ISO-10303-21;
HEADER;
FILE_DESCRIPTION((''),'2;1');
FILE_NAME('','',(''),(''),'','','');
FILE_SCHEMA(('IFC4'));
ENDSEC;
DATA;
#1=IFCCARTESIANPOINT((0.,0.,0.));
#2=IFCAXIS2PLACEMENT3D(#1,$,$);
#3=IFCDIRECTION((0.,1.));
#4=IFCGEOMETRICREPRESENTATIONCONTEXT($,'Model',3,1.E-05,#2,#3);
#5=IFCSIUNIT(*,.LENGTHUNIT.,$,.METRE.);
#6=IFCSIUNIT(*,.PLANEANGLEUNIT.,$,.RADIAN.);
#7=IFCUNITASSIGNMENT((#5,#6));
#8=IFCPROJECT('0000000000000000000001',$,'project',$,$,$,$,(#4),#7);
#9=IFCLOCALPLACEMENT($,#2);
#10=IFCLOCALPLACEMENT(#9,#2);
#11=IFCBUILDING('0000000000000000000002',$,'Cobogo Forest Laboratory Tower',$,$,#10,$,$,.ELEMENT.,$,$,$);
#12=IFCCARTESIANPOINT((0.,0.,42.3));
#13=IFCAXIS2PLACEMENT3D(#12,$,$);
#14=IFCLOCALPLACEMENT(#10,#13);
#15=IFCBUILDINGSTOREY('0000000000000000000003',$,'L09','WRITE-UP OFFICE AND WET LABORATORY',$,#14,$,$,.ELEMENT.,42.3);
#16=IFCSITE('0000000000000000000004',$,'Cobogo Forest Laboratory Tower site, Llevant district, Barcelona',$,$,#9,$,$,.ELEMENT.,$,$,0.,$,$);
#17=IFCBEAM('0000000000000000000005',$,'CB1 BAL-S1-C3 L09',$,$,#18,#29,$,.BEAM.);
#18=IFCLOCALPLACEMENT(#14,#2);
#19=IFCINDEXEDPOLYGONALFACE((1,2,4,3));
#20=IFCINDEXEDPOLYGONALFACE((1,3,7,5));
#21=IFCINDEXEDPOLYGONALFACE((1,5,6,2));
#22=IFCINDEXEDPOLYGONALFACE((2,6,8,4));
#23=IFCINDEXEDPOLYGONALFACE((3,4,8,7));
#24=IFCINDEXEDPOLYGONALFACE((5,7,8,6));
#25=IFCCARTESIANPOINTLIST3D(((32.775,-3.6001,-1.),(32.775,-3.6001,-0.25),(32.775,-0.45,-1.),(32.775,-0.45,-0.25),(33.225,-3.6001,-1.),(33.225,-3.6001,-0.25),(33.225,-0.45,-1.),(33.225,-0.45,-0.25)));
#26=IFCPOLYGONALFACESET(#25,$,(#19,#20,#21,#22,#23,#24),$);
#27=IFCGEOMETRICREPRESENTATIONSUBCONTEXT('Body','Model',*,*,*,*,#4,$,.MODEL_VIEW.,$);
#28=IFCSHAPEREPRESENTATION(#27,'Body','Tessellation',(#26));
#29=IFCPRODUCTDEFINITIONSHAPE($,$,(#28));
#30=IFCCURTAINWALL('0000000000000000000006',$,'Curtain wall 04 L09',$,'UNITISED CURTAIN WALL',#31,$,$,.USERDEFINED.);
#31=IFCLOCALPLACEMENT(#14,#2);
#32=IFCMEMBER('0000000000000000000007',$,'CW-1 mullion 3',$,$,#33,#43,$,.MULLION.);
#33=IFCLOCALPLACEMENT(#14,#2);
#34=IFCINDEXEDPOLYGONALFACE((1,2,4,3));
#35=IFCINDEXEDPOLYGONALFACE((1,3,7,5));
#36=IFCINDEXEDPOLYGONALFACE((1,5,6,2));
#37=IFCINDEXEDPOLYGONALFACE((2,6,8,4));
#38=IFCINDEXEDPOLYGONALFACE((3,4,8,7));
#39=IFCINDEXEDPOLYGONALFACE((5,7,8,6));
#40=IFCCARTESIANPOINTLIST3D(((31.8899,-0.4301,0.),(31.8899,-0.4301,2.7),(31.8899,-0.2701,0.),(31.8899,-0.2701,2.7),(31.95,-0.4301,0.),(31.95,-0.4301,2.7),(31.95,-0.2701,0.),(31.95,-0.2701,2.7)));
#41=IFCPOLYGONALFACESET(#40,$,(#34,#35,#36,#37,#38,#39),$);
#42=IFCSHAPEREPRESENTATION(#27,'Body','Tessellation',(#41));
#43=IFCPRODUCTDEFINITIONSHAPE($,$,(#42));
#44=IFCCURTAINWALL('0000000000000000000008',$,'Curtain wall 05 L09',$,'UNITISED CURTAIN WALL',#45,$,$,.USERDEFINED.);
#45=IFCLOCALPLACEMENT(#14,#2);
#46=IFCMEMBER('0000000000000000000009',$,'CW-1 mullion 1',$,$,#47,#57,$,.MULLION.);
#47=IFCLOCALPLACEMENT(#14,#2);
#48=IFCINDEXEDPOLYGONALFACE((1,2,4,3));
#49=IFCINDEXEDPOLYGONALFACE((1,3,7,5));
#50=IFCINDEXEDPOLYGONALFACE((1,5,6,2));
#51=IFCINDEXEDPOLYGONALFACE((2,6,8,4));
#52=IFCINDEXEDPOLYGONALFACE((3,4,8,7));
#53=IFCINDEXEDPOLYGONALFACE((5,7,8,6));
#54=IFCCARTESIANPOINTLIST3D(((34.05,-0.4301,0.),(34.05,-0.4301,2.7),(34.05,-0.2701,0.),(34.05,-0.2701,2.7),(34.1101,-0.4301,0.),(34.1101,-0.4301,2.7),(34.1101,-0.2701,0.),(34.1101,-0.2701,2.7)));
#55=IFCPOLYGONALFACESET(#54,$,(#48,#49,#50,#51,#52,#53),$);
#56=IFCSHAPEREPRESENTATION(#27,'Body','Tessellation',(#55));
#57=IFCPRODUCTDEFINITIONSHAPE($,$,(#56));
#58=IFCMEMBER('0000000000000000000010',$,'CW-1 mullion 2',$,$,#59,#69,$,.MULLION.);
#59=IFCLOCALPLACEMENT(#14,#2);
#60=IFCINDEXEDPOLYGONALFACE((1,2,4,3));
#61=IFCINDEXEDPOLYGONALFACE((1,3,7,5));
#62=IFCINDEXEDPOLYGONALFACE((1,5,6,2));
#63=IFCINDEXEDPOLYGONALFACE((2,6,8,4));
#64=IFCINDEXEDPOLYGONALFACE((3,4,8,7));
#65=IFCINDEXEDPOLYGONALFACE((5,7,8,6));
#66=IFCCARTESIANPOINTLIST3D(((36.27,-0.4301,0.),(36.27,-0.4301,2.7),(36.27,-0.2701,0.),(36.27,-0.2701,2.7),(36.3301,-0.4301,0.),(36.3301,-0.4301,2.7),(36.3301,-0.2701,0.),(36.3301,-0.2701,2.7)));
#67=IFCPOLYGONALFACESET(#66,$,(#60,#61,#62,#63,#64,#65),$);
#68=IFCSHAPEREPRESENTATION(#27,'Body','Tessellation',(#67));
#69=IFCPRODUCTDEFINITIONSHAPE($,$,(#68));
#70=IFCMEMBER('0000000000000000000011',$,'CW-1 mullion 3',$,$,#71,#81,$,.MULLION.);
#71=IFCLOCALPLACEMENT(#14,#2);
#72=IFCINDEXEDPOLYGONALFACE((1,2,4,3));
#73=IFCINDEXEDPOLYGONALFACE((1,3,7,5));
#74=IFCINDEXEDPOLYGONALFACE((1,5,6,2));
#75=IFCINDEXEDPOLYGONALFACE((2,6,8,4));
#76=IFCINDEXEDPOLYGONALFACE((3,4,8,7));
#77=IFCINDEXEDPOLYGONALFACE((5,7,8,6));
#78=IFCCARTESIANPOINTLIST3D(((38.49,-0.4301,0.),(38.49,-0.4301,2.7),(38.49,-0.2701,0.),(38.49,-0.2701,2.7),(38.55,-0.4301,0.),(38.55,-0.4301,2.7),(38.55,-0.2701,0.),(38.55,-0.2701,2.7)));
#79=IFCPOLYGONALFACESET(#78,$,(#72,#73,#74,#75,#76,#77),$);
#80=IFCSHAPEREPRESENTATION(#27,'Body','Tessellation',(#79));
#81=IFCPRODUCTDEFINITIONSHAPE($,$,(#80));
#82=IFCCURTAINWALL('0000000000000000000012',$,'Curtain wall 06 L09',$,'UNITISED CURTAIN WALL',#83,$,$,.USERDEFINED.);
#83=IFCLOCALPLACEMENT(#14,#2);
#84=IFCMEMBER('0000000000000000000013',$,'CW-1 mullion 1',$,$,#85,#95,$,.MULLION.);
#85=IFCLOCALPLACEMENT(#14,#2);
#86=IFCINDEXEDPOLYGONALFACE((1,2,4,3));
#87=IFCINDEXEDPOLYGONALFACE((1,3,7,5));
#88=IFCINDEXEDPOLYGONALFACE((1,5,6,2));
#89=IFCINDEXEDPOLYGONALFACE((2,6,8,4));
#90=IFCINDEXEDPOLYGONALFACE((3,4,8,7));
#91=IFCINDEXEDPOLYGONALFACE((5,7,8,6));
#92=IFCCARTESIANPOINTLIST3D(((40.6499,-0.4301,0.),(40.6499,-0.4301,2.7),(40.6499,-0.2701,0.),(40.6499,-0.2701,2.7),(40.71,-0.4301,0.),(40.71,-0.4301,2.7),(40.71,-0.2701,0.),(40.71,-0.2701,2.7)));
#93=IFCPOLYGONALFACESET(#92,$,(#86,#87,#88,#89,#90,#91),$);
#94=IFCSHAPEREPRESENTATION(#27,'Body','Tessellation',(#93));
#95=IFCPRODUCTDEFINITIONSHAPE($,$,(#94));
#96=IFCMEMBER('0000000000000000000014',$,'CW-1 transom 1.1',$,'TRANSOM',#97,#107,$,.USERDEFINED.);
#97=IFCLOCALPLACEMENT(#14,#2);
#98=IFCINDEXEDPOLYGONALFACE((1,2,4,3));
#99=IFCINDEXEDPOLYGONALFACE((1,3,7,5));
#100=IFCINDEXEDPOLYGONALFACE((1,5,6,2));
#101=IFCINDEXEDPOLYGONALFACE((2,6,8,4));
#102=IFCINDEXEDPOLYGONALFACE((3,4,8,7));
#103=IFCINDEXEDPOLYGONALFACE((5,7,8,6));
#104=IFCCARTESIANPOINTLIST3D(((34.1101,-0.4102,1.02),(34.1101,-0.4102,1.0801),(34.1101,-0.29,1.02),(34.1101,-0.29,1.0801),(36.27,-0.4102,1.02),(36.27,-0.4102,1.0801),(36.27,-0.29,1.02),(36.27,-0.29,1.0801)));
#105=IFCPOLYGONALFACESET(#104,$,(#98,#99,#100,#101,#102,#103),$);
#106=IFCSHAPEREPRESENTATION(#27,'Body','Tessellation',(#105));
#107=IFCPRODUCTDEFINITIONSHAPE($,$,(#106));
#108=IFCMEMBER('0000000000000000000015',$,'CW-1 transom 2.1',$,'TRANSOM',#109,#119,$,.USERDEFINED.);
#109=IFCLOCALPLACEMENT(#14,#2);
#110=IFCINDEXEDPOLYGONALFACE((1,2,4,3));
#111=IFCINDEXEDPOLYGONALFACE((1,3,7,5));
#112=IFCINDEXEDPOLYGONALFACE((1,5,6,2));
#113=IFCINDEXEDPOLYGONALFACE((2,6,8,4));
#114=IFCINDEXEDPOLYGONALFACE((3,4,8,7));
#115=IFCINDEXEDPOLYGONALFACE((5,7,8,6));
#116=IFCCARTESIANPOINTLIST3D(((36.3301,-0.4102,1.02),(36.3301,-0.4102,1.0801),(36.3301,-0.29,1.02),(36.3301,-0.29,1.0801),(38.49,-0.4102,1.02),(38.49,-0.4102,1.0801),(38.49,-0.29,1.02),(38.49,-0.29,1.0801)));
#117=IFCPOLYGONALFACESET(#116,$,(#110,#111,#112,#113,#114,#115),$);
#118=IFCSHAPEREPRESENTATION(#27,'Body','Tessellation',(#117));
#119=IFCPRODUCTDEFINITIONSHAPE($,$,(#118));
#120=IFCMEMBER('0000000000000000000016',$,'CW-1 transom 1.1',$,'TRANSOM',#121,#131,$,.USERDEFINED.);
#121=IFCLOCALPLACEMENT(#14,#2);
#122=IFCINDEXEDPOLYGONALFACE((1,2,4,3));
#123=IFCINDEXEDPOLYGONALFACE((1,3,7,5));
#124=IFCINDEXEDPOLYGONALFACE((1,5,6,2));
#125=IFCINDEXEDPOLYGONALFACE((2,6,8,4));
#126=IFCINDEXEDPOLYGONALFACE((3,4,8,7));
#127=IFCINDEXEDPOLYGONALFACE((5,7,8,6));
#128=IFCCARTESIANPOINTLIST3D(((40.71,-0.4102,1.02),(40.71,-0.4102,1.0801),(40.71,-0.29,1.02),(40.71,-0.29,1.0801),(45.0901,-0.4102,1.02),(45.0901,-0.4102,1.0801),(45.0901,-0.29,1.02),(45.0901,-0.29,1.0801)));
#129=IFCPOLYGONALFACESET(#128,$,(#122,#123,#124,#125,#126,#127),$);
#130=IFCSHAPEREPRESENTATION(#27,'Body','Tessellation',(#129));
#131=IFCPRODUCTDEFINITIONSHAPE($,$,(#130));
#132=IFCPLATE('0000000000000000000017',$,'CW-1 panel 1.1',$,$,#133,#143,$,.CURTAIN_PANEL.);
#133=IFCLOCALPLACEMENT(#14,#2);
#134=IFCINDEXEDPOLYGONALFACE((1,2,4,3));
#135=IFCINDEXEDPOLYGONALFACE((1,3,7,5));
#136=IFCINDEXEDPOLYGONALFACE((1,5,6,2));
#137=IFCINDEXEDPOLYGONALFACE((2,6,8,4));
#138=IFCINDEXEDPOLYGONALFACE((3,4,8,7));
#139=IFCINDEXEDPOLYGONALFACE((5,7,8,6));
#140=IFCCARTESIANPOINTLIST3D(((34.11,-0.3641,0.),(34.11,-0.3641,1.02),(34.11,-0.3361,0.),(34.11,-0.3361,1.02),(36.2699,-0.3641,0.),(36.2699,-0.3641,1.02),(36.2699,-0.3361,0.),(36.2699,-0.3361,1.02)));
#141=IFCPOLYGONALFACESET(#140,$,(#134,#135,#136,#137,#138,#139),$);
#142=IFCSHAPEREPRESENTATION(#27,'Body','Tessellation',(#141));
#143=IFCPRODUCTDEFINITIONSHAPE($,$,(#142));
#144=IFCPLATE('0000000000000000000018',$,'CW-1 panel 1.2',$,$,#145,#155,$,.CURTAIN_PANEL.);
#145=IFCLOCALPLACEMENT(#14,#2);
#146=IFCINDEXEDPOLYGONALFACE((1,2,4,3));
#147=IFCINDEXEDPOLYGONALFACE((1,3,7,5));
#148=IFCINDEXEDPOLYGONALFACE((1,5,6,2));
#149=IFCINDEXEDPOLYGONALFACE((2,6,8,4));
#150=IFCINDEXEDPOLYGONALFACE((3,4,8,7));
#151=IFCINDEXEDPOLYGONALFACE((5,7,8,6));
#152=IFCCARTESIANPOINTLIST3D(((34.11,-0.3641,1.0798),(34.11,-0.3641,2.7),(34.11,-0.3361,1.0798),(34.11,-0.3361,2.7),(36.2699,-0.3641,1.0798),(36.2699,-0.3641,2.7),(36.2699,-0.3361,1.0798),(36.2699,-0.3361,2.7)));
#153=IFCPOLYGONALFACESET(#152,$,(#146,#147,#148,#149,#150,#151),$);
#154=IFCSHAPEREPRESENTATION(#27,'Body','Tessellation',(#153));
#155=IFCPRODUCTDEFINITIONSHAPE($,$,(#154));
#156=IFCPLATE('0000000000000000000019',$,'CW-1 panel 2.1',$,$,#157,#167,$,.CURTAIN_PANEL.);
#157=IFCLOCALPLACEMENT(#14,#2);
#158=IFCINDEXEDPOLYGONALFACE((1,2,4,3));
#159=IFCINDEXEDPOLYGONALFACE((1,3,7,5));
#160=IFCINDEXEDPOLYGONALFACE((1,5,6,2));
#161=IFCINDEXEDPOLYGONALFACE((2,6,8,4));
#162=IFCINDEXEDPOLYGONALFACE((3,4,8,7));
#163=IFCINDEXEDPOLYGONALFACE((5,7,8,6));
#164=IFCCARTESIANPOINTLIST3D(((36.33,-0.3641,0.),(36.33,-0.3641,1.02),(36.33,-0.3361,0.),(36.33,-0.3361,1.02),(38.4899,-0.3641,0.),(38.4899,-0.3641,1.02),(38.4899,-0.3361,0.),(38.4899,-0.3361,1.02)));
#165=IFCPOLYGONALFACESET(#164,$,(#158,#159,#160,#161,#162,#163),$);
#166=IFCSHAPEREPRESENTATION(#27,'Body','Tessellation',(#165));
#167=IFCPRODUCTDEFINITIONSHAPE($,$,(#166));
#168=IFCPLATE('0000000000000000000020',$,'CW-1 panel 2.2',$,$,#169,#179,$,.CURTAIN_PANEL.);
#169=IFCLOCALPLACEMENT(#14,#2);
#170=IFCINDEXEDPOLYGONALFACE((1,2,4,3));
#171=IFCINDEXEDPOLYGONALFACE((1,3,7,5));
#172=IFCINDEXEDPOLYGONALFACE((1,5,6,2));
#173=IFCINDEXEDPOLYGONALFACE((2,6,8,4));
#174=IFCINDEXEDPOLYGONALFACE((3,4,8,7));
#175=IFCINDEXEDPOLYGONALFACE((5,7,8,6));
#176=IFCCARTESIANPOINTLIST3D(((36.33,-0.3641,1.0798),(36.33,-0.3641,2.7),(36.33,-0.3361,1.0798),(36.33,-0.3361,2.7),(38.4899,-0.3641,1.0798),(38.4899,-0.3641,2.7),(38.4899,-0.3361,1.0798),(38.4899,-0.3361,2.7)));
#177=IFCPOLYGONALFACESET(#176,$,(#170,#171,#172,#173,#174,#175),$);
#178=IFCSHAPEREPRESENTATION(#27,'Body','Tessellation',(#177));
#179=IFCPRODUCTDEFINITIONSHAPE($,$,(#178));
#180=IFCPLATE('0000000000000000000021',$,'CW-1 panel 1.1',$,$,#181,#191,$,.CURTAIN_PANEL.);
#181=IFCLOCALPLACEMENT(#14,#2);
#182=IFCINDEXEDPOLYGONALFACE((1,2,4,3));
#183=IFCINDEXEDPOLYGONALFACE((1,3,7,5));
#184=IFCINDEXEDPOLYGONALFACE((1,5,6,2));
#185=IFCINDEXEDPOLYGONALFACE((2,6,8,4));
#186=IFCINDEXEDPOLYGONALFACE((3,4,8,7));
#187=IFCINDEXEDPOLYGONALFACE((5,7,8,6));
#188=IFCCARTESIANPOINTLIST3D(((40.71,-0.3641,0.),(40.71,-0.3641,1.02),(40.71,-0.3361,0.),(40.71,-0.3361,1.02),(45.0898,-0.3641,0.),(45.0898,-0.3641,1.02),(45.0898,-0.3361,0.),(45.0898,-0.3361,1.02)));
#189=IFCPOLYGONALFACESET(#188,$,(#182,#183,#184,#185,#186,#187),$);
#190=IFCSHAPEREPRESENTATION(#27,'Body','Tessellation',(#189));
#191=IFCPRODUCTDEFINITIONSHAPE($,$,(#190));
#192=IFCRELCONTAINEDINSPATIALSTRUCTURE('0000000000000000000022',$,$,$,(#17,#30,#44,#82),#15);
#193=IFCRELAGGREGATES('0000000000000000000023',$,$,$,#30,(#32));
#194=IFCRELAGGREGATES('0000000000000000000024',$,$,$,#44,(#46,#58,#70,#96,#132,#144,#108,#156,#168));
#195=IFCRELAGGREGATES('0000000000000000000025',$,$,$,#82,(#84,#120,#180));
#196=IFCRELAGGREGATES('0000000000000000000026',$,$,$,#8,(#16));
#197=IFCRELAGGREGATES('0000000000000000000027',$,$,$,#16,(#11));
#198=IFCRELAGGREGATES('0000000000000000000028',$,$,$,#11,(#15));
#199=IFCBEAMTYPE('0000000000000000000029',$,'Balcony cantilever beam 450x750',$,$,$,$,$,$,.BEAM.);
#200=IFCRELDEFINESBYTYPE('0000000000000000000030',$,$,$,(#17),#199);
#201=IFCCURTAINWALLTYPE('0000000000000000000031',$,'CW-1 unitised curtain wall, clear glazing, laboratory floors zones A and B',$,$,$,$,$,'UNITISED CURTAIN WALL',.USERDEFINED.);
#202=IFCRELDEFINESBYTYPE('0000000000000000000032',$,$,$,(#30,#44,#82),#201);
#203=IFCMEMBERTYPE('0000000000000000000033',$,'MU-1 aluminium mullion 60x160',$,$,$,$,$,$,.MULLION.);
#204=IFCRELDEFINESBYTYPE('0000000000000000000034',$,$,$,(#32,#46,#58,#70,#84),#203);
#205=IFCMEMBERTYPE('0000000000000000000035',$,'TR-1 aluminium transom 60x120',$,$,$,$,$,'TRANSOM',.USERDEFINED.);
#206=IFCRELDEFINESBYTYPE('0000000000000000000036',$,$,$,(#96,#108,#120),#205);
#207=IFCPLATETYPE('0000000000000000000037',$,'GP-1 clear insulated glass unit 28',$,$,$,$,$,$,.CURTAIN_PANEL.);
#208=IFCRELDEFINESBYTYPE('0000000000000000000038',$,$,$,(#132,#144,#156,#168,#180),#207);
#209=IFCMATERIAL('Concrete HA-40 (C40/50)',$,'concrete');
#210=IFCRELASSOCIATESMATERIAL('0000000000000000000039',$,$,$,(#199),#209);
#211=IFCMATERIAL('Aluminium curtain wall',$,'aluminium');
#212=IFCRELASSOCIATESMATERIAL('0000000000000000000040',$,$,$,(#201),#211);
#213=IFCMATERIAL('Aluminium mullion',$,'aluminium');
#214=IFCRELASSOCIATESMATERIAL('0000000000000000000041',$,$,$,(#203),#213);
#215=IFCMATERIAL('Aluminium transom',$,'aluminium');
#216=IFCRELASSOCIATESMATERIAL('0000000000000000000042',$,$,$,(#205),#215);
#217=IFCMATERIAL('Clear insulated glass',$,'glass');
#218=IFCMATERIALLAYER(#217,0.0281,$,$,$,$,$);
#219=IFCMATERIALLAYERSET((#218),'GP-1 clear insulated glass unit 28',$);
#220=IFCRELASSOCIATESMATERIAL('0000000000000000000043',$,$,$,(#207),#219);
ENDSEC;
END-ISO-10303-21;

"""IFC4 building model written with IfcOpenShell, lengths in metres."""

from ifc_helpers import new_model, si_unit, direction, frame, origin, origin_2d, place, context, subcontext, project, spatial, rectangle, extrude, material, layer, layer_set, material_profile, profile_set, type_object, element, aggregate, save


model = new_model("IFC4")

# Units and contexts
model_context = context("Model", 3, precision=1e-05, world=origin(), true_north=direction((0.0, 1.0)))
body_context = subcontext(model_context, "Body", "Model", "MODEL_VIEW")
ifc_project = project(units=[si_unit("LENGTHUNIT", "METRE"), si_unit("PLANEANGLEUNIT", "RADIAN")], contexts=[model_context])

# Site, building, storey
site_placement = place(None, origin())
site = spatial("IfcSite", under=ifc_project, at=site_placement, Name="Cobogo Forest Laboratory Tower site, Llevant district, Barcelona", CompositionType="ELEMENT", RefElevation=0.0)
building_placement = place(site_placement, origin())
building = spatial("IfcBuilding", under=site, at=building_placement, Name="Cobogo Forest Laboratory Tower", CompositionType="ELEMENT")
storey_placement = place(building_placement, frame((0.0, 0.0, 42.3)))
storey = spatial("IfcBuildingStorey", under=building, at=storey_placement, Name="L09", Description="WRITE-UP OFFICE AND WET LABORATORY", CompositionType="ELEMENT", Elevation=42.3)

# Beam
ifc_material_1 = material(Name="Concrete HA-40 (C40/50)", Category="concrete")
ifc_material_profile_1 = material_profile(ifc_material_1, rectangle(XDim=0.45, YDim=0.75, at=origin_2d()), Name="RC 450x750")
ifc_profile_set_1 = profile_set([ifc_material_profile_1], Name="Concrete HA-40 (C40/50)")
beam_type = type_object("IfcBeamType", Name="Balcony cantilever beam 450x750", PredefinedType="BEAM", material=ifc_profile_set_1)
beam_placement = place(storey_placement, frame((33.0, -0.45, -0.625), z_axis=(0.0, -1.0, 0.0), x_axis=(1.0, 0.0, 0.0)))
element("IfcBeam", 1, at=beam_placement, inside=storey, type_object=beam_type, Name="CB1 BAL-S1-C3 L09", PredefinedType="BEAM", context=body_context, shape_type="SweptSolid", body=[
    extrude(rectangle(XDim=0.45, YDim=0.75, at=origin_2d()), origin(), (0.0, 0.0, 1.0), 3.1501),
])

# Curtain wall, member
ifc_material_2 = material(Name="Aluminium curtain wall", Category="aluminium")
curtain_wall_type = type_object("IfcCurtainWallType", Name="CW-1 unitised curtain wall, clear glazing, laboratory floors zones A and B", ElementType="UNITISED CURTAIN WALL", PredefinedType="USERDEFINED", material=ifc_material_2)
curtain_wall_1_placement = place(storey_placement, origin())
curtain_wall_1 = element("IfcCurtainWall", 2, at=curtain_wall_1_placement, inside=storey, type_object=curtain_wall_type, Name="Curtain wall 04 L09", ObjectType="UNITISED CURTAIN WALL", PredefinedType="USERDEFINED")
ifc_material_3 = material(Name="Aluminium mullion", Category="aluminium")
ifc_material_profile_2 = material_profile(ifc_material_3, rectangle(XDim=0.0601, YDim=0.1599, at=origin_2d()), Name="AL 60x160")
ifc_profile_set_2 = profile_set([ifc_material_profile_2], Name="Aluminium mullion")
member_type_1 = type_object("IfcMemberType", Name="MU-1 aluminium mullion 60x160", PredefinedType="MULLION", material=ifc_profile_set_2)
member_1_placement = place(storey_placement, frame((31.9199, -0.3501, 0.0), z_axis=(0.0, 0.0, 1.0), x_axis=(1.0, 0.0, 0.0)))
member_1 = element("IfcMember", 3, at=member_1_placement, type_object=member_type_1, Name="CW-1 mullion 3", PredefinedType="MULLION", context=body_context, shape_type="SweptSolid", body=[
    extrude(rectangle(XDim=0.0601, YDim=0.1599, at=origin_2d()), origin(), (0.0, 0.0, 1.0), 2.7),
])
aggregate(curtain_wall_1, [member_1])

# Curtain wall, members
curtain_wall_2_placement = place(storey_placement, origin())
curtain_wall_2 = element("IfcCurtainWall", 4, at=curtain_wall_2_placement, inside=storey, type_object=curtain_wall_type, Name="Curtain wall 05 L09", ObjectType="UNITISED CURTAIN WALL", PredefinedType="USERDEFINED")
member_2_placement = place(storey_placement, frame((34.0801, -0.3501, 0.0), z_axis=(0.0, 0.0, 1.0), x_axis=(1.0, 0.0, 0.0)))
member_2 = element("IfcMember", 5, at=member_2_placement, type_object=member_type_1, Name="CW-1 mullion 1", PredefinedType="MULLION", context=body_context, shape_type="SweptSolid", body=[
    extrude(rectangle(XDim=0.0601, YDim=0.1599, at=origin_2d()), origin(), (0.0, 0.0, 1.0), 2.7),
])
member_3_placement = place(storey_placement, frame((36.3, -0.3501, 0.0), z_axis=(0.0, 0.0, 1.0), x_axis=(1.0, 0.0, 0.0)))
member_3 = element("IfcMember", 6, at=member_3_placement, type_object=member_type_1, Name="CW-1 mullion 2", PredefinedType="MULLION", context=body_context, shape_type="SweptSolid", body=[
    extrude(rectangle(XDim=0.0601, YDim=0.1599, at=origin_2d()), origin(), (0.0, 0.0, 1.0), 2.7),
])
member_4_placement = place(storey_placement, frame((38.52, -0.3501, 0.0), z_axis=(0.0, 0.0, 1.0), x_axis=(1.0, 0.0, 0.0)))
member_4 = element("IfcMember", 7, at=member_4_placement, type_object=member_type_1, Name="CW-1 mullion 3", PredefinedType="MULLION", context=body_context, shape_type="SweptSolid", body=[
    extrude(rectangle(XDim=0.0601, YDim=0.1599, at=origin_2d()), origin(), (0.0, 0.0, 1.0), 2.7),
])

# Curtain wall, member
curtain_wall_3_placement = place(storey_placement, origin())
curtain_wall_3 = element("IfcCurtainWall", 8, at=curtain_wall_3_placement, inside=storey, type_object=curtain_wall_type, Name="Curtain wall 06 L09", ObjectType="UNITISED CURTAIN WALL", PredefinedType="USERDEFINED")
member_5_placement = place(storey_placement, frame((40.6799, -0.3501, 0.0), z_axis=(0.0, 0.0, 1.0), x_axis=(1.0, 0.0, 0.0)))
member_5 = element("IfcMember", 9, at=member_5_placement, type_object=member_type_1, Name="CW-1 mullion 1", PredefinedType="MULLION", context=body_context, shape_type="SweptSolid", body=[
    extrude(rectangle(XDim=0.0601, YDim=0.1599, at=origin_2d()), origin(), (0.0, 0.0, 1.0), 2.7),
])

# Members
ifc_material_4 = material(Name="Aluminium transom", Category="aluminium")
ifc_material_profile_3 = material_profile(ifc_material_4, rectangle(XDim=0.1201, YDim=0.0601, at=origin_2d()), Name="AL 60x120")
ifc_profile_set_3 = profile_set([ifc_material_profile_3], Name="Aluminium transom")
member_type_2 = type_object("IfcMemberType", Name="TR-1 aluminium transom 60x120", ElementType="TRANSOM", PredefinedType="USERDEFINED", material=ifc_profile_set_3)
member_6_placement = place(storey_placement, frame((34.1101, -0.3501, 1.05), z_axis=(1.0, 0.0, 0.0), x_axis=(0.0, 1.0, 0.0)))
member_6 = element("IfcMember", 10, at=member_6_placement, type_object=member_type_2, Name="CW-1 transom 1.1", ObjectType="TRANSOM", PredefinedType="USERDEFINED", context=body_context, shape_type="SweptSolid", body=[
    extrude(rectangle(XDim=0.1201, YDim=0.0601, at=origin_2d()), origin(), (0.0, 0.0, 1.0), 2.1599),
])
member_7_placement = place(storey_placement, frame((36.3301, -0.3501, 1.05), z_axis=(1.0, 0.0, 0.0), x_axis=(0.0, 1.0, 0.0)))
member_7 = element("IfcMember", 11, at=member_7_placement, type_object=member_type_2, Name="CW-1 transom 2.1", ObjectType="TRANSOM", PredefinedType="USERDEFINED", context=body_context, shape_type="SweptSolid", body=[
    extrude(rectangle(XDim=0.1201, YDim=0.0601, at=origin_2d()), origin(), (0.0, 0.0, 1.0), 2.1599),
])
member_8_placement = place(storey_placement, frame((40.71, -0.3501, 1.05), z_axis=(1.0, 0.0, 0.0), x_axis=(0.0, 1.0, 0.0)))
member_8 = element("IfcMember", 12, at=member_8_placement, type_object=member_type_2, Name="CW-1 transom 1.1", ObjectType="TRANSOM", PredefinedType="USERDEFINED", context=body_context, shape_type="SweptSolid", body=[
    extrude(rectangle(XDim=0.1201, YDim=0.0601, at=origin_2d()), origin(), (0.0, 0.0, 1.0), 4.3801),
])

# Plates
ifc_material_5 = material(Name="Clear insulated glass", Category="glass")
ifc_layer_1 = layer(ifc_material_5, 0.0281)
ifc_layer_set_1 = layer_set([ifc_layer_1], Name="GP-1 clear insulated glass unit 28")
plate_type_1 = type_object("IfcPlateType", Name="GP-1 clear insulated glass unit 28", PredefinedType="CURTAIN_PANEL", material=ifc_layer_set_1)
plate_1_placement = place(storey_placement, frame((35.1899, -0.3501, 0.0), z_axis=(0.0, 0.0, 1.0), x_axis=(1.0, 0.0, 0.0)))
plate_1 = element("IfcPlate", 13, at=plate_1_placement, type_object=plate_type_1, Name="CW-1 panel 1.1", PredefinedType="CURTAIN_PANEL", context=body_context, shape_type="SweptSolid", body=[
    extrude(rectangle(XDim=2.1599, YDim=0.0281, at=origin_2d()), origin(), (0.0, 0.0, 1.0), 1.02),
])
plate_2_placement = place(storey_placement, frame((35.1899, -0.3501, 1.0798), z_axis=(0.0, 0.0, 1.0), x_axis=(1.0, 0.0, 0.0)))
plate_2 = element("IfcPlate", 14, at=plate_2_placement, type_object=plate_type_1, Name="CW-1 panel 1.2", PredefinedType="CURTAIN_PANEL", context=body_context, shape_type="SweptSolid", body=[
    extrude(rectangle(XDim=2.1599, YDim=0.0281, at=origin_2d()), origin(), (0.0, 0.0, 1.0), 1.6201),
])
plate_3_placement = place(storey_placement, frame((37.4099, -0.3501, 0.0), z_axis=(0.0, 0.0, 1.0), x_axis=(1.0, 0.0, 0.0)))
plate_3 = element("IfcPlate", 15, at=plate_3_placement, type_object=plate_type_1, Name="CW-1 panel 2.1", PredefinedType="CURTAIN_PANEL", context=body_context, shape_type="SweptSolid", body=[
    extrude(rectangle(XDim=2.1599, YDim=0.0281, at=origin_2d()), origin(), (0.0, 0.0, 1.0), 1.02),
])
plate_4_placement = place(storey_placement, frame((37.4099, -0.3501, 1.0798), z_axis=(0.0, 0.0, 1.0), x_axis=(1.0, 0.0, 0.0)))
plate_4 = element("IfcPlate", 16, at=plate_4_placement, type_object=plate_type_1, Name="CW-1 panel 2.2", PredefinedType="CURTAIN_PANEL", context=body_context, shape_type="SweptSolid", body=[
    extrude(rectangle(XDim=2.1599, YDim=0.0281, at=origin_2d()), origin(), (0.0, 0.0, 1.0), 1.6201),
])
aggregate(curtain_wall_2, [member_2, member_3, member_4, member_6, plate_1, plate_2, member_7, plate_3, plate_4])
plate_5_placement = place(storey_placement, frame((42.8999, -0.3501, 0.0), z_axis=(0.0, 0.0, 1.0), x_axis=(1.0, 0.0, 0.0)))
plate_5 = element("IfcPlate", 17, at=plate_5_placement, type_object=plate_type_1, Name="CW-1 panel 1.1", PredefinedType="CURTAIN_PANEL", context=body_context, shape_type="SweptSolid", body=[
    extrude(rectangle(XDim=4.3799, YDim=0.0281, at=origin_2d()), origin(), (0.0, 0.0, 1.0), 1.02),
])
aggregate(curtain_wall_3, [member_5, member_8, plate_5])

save(model, "model.ifc")
